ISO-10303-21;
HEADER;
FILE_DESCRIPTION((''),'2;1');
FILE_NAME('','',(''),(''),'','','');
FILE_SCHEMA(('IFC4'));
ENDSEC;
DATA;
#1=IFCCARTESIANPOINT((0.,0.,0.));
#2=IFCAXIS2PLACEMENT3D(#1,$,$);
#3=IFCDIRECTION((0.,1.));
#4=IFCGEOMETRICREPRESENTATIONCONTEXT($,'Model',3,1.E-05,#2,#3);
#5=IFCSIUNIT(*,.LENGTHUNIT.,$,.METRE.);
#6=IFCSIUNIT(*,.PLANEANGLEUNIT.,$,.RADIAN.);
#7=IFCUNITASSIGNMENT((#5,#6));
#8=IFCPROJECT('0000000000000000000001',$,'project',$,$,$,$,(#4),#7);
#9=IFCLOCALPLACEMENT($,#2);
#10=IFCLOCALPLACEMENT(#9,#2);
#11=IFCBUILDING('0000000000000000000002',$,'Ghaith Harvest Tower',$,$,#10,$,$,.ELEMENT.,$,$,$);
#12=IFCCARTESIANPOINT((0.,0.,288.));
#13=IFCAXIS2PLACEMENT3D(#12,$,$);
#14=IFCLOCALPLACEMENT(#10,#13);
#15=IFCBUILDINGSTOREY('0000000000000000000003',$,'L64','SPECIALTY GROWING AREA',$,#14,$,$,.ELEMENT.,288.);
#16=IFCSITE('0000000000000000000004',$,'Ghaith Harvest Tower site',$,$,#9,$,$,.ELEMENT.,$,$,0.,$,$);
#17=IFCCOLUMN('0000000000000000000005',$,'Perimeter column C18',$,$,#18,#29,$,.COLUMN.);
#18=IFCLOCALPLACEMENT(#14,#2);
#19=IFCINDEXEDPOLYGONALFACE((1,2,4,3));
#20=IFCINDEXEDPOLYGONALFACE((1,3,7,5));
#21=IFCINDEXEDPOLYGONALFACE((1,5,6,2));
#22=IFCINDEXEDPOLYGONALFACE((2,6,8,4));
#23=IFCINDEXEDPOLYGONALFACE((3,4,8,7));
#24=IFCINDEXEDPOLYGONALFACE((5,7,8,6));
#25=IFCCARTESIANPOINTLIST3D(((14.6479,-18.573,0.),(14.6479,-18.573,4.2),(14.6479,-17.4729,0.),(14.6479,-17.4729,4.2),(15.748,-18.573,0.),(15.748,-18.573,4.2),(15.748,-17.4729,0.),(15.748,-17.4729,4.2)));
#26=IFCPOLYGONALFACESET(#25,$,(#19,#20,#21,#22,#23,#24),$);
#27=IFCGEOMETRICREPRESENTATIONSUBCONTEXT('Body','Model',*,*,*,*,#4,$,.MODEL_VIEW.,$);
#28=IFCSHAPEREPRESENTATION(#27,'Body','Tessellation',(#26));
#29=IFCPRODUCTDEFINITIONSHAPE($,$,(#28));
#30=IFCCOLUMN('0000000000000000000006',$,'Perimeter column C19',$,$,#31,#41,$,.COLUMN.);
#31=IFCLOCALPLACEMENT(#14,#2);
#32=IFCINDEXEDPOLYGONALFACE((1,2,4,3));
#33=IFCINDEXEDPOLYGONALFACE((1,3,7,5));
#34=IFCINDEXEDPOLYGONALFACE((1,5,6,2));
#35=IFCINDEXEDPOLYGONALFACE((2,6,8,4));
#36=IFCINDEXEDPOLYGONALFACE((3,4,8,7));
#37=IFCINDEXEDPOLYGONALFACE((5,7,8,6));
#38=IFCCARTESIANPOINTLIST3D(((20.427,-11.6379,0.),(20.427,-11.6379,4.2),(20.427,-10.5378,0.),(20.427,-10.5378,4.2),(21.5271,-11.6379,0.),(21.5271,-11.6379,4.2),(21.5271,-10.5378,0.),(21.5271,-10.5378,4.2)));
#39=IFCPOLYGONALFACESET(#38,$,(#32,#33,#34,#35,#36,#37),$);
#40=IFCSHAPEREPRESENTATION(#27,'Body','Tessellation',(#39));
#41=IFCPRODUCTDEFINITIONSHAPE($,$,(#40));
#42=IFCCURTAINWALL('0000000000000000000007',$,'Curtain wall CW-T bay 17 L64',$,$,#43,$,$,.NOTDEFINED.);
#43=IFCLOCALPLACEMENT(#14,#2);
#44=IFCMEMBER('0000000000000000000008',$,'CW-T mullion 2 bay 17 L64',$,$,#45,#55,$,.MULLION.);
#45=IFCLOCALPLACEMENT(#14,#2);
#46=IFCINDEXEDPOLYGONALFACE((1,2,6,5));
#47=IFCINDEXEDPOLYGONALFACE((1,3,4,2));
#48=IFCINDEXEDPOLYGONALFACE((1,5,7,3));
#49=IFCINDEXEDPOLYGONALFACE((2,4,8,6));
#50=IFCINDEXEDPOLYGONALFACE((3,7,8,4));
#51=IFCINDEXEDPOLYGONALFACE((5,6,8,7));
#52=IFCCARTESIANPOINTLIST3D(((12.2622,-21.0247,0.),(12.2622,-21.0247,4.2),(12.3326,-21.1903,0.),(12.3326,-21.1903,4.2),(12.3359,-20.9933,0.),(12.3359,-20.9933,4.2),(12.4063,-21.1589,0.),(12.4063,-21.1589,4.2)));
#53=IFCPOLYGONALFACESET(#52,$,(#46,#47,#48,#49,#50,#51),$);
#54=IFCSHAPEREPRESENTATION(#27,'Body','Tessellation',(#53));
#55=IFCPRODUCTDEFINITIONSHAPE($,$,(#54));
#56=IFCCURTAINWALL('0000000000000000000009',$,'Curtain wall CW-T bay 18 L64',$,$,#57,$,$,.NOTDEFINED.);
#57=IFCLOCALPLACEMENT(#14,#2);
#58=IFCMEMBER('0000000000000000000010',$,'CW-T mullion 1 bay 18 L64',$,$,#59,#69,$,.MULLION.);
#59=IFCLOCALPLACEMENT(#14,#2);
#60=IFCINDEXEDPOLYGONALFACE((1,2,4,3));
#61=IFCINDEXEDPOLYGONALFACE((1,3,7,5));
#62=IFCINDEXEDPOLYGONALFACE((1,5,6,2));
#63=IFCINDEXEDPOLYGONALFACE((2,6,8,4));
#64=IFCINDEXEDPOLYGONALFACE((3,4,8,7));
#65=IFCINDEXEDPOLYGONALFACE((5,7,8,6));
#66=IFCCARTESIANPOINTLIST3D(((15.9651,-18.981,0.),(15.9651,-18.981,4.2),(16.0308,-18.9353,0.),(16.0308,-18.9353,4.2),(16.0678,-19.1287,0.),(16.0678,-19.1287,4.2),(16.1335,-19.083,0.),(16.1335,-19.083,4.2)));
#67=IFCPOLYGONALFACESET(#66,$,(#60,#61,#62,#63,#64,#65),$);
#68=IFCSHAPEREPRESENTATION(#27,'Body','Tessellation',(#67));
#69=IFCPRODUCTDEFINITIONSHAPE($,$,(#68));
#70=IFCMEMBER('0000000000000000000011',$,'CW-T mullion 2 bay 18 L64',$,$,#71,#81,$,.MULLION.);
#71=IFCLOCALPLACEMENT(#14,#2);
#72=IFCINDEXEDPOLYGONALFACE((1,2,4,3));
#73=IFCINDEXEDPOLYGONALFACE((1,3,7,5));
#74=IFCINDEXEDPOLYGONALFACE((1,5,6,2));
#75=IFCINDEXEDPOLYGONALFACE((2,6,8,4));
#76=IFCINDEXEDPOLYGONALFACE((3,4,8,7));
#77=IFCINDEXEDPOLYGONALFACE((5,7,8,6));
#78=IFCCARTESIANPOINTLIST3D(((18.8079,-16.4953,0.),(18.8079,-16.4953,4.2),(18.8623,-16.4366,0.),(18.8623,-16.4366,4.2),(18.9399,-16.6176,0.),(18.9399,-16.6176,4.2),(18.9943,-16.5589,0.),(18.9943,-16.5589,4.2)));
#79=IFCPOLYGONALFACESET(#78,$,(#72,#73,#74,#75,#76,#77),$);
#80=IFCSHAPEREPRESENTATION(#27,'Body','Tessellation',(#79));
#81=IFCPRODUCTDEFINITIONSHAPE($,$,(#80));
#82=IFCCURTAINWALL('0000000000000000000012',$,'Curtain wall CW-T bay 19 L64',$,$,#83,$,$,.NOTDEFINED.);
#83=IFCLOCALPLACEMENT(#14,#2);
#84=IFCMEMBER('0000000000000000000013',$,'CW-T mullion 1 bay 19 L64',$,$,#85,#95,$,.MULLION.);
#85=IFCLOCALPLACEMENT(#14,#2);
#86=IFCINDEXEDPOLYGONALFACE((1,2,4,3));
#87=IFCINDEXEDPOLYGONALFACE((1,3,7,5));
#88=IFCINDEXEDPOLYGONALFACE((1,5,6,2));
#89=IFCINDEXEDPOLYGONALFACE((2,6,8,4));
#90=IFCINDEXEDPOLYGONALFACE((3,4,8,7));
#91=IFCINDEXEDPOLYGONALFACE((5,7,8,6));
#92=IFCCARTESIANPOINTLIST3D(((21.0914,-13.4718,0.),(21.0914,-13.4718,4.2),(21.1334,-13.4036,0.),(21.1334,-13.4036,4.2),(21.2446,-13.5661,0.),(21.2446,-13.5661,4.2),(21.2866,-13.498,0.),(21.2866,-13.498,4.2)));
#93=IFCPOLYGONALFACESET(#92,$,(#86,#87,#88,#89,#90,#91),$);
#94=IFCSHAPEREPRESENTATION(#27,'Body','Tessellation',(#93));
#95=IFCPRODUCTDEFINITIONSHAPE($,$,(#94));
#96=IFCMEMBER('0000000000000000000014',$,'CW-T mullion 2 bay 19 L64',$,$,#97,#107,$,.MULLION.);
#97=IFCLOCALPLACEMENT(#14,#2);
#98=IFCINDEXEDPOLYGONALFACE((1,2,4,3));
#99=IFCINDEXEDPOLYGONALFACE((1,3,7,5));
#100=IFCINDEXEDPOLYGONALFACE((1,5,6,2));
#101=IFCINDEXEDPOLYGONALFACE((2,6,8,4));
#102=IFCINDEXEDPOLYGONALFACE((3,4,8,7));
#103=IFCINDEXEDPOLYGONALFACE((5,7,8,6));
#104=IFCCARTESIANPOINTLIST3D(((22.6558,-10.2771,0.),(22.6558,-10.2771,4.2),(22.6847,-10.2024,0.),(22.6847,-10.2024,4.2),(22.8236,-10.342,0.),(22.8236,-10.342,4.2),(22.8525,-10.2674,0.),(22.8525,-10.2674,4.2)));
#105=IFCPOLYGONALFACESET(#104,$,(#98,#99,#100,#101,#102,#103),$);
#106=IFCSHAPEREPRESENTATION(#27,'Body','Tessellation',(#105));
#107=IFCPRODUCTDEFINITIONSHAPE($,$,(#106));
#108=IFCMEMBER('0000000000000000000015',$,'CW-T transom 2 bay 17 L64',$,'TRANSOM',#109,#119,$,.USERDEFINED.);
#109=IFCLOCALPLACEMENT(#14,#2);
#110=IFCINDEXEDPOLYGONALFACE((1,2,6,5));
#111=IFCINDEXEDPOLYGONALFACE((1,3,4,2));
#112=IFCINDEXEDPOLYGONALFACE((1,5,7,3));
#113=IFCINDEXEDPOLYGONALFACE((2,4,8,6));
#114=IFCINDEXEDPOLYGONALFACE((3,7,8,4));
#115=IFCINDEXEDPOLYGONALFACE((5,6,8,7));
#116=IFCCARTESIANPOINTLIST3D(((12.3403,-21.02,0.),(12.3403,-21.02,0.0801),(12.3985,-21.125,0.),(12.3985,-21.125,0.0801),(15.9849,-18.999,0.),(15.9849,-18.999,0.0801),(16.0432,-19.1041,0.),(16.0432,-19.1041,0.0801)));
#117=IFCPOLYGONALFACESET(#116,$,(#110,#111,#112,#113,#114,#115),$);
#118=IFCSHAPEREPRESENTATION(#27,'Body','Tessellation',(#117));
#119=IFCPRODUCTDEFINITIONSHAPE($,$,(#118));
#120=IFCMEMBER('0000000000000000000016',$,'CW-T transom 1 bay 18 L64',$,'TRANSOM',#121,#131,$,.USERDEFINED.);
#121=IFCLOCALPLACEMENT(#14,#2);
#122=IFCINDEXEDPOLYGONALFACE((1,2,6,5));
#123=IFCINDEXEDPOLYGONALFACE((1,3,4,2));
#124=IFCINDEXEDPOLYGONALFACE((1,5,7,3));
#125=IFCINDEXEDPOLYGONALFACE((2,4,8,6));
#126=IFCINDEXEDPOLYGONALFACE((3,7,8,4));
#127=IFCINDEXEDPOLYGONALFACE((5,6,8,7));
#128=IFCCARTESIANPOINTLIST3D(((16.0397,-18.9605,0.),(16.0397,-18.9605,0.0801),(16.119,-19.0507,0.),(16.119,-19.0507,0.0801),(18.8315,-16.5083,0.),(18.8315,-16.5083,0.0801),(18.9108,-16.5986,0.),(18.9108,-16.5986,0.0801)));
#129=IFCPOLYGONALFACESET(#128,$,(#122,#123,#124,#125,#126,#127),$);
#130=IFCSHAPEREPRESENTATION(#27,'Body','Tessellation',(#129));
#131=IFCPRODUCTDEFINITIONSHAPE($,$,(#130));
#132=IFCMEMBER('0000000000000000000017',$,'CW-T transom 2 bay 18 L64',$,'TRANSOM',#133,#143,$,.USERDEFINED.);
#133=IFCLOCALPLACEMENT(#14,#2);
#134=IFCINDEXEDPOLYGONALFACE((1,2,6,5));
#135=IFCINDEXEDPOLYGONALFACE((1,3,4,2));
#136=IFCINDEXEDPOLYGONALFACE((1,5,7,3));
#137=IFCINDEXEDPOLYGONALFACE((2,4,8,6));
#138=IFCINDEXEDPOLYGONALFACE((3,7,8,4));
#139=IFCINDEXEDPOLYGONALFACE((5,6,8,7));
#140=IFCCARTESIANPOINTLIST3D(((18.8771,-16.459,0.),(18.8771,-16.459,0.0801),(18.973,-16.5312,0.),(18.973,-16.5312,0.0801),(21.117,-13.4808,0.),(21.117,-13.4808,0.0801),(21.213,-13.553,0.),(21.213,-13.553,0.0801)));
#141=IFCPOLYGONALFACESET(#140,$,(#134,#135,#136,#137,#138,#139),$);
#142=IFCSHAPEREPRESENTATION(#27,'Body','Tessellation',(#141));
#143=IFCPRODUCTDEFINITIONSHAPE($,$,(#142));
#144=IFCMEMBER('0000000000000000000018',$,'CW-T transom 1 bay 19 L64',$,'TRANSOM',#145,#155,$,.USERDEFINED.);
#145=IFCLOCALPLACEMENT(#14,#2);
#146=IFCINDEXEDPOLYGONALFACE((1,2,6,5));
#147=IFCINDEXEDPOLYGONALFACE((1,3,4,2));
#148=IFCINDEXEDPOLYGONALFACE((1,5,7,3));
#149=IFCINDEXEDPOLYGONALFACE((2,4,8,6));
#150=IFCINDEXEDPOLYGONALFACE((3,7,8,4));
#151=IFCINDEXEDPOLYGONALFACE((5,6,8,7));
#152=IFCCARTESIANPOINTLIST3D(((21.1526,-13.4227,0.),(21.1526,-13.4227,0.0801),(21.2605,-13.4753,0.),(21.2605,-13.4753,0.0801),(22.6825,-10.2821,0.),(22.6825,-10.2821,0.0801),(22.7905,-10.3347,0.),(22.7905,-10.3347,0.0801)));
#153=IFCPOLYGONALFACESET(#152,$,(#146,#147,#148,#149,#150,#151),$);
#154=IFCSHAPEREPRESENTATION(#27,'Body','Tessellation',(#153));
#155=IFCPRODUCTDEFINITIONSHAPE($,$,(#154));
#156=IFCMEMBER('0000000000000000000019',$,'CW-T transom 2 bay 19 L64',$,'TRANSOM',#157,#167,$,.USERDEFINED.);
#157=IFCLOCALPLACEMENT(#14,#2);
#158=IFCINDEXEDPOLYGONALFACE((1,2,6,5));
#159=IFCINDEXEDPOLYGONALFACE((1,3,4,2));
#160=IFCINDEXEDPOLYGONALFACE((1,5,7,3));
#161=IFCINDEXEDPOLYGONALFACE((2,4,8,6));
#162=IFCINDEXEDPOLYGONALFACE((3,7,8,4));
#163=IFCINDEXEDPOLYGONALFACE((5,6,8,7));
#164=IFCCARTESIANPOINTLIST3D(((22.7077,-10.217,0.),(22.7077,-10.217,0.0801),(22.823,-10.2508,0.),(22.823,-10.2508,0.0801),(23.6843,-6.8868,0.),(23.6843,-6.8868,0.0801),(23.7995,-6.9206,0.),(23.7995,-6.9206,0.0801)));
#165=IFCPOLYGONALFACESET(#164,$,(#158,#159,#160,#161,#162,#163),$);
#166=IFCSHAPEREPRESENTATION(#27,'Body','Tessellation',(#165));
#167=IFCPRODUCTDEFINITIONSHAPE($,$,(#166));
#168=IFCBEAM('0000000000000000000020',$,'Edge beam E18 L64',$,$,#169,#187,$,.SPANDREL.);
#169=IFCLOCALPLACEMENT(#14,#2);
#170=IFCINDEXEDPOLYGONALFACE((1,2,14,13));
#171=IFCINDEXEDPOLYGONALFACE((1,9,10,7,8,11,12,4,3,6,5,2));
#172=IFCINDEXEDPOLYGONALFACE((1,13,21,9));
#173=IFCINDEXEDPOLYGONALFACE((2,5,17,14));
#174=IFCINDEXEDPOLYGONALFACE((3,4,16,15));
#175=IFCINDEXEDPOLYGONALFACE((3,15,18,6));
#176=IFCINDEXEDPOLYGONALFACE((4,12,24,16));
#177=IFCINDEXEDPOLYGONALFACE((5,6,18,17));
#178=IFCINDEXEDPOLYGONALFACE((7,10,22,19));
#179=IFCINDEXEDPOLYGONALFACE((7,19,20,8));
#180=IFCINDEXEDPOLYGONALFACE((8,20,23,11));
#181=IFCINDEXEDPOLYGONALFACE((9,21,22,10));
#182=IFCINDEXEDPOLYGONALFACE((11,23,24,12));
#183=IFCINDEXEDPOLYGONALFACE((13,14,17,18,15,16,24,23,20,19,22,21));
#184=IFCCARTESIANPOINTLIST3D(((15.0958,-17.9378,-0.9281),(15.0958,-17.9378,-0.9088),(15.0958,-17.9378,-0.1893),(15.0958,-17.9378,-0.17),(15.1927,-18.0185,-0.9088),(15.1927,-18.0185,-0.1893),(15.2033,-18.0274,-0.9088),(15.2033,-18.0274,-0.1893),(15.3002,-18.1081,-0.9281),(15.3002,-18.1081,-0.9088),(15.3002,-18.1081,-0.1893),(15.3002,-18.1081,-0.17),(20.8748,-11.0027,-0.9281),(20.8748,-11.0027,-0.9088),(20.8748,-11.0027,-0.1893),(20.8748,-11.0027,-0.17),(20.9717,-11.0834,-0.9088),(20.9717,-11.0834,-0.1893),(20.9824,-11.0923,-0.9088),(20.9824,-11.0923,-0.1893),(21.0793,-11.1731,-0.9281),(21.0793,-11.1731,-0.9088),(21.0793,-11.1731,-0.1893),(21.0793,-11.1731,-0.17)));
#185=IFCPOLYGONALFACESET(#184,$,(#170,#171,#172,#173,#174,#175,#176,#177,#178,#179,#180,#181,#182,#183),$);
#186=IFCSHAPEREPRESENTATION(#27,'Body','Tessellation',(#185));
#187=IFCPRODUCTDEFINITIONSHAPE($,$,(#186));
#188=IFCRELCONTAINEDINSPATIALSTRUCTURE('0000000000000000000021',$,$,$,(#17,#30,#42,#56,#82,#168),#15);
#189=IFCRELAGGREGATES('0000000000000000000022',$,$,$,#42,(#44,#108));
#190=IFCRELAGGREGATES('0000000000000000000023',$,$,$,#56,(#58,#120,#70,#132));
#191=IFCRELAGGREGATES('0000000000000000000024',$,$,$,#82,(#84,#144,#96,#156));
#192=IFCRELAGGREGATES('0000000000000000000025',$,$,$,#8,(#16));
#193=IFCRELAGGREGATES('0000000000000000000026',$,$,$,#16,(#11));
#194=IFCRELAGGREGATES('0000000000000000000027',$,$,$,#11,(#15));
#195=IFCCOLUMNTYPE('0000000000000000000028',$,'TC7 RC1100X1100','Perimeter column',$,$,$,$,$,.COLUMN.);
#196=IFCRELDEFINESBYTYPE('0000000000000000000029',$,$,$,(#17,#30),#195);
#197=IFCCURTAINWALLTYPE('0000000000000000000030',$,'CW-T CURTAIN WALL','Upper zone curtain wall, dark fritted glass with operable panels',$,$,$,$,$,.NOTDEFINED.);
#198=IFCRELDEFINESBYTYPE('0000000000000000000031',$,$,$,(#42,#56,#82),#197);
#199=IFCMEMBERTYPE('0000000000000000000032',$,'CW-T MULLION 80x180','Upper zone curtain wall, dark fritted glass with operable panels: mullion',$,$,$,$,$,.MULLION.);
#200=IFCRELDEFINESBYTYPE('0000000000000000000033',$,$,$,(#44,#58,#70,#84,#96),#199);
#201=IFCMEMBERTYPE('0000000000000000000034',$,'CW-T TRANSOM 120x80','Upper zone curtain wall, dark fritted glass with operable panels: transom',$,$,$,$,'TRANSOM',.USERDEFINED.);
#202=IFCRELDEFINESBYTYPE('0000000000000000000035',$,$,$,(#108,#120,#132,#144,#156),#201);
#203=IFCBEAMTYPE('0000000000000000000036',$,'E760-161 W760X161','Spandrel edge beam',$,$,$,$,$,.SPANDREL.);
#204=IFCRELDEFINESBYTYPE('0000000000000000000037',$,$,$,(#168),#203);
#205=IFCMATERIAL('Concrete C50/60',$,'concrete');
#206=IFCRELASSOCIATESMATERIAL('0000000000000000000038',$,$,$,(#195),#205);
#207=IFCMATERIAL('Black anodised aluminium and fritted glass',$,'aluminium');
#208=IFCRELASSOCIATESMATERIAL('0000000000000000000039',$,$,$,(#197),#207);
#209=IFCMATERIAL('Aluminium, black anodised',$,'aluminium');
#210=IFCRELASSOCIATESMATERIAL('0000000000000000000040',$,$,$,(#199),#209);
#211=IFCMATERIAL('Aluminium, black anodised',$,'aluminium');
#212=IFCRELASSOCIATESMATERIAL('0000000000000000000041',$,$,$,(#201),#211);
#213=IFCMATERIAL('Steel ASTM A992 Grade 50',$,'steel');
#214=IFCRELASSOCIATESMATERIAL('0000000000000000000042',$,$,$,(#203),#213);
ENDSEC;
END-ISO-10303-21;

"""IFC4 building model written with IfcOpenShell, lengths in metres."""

from ifc_helpers import new_model, si_unit, direction, frame, origin, origin_2d, place, context, subcontext, project, spatial, rectangle, i_section, extrude, material, material_profile, profile_set, type_object, element, aggregate, save


model = new_model("IFC4")

# Units and contexts
model_context = context("Model", 3, precision=1e-05, world=origin(), true_north=direction((0.0, 1.0)))
body_context = subcontext(model_context, "Body", "Model", "MODEL_VIEW")
ifc_project = project(units=[si_unit("LENGTHUNIT", "METRE"), si_unit("PLANEANGLEUNIT", "RADIAN")], contexts=[model_context])

# Site, building, storey
site_placement = place(None, origin())
site = spatial("IfcSite", under=ifc_project, at=site_placement, Name="Ghaith Harvest Tower site", CompositionType="ELEMENT", RefElevation=0.0)
building_placement = place(site_placement, origin())
building = spatial("IfcBuilding", under=site, at=building_placement, Name="Ghaith Harvest Tower", CompositionType="ELEMENT")
storey_placement = place(building_placement, frame((0.0, 0.0, 288.0)))
storey = spatial("IfcBuildingStorey", under=building, at=storey_placement, Name="L64", Description="SPECIALTY GROWING AREA", CompositionType="ELEMENT", Elevation=288.0)

# Columns
ifc_material_1 = material(Name="Concrete C50/60", Category="concrete")
ifc_material_profile_1 = material_profile(ifc_material_1, rectangle(XDim=1.1001, YDim=1.1001, at=origin_2d()), Name="RC1100X1100")
ifc_profile_set_1 = profile_set([ifc_material_profile_1], Name="Concrete C50/60")
column_type = type_object("IfcColumnType", Name="TC7 RC1100X1100", Description="Perimeter column", PredefinedType="COLUMN", material=ifc_profile_set_1)
for number, where, z_axis, x_axis, name in (
    (1, (15.198, -18.0229, 0.0), (0.0, 0.0, 1.0), (1.0, 0.0, 0.0), "Perimeter column C18"),
    (2, (20.9771, -11.0879, 0.0), (0.0, 0.0, 1.0), (1.0, 0.0, 0.0), "Perimeter column C19"),
):
    element("IfcColumn", number, at=place(storey_placement, frame(where, z_axis=z_axis, x_axis=x_axis)), inside=storey, type_object=column_type, Name=name, PredefinedType="COLUMN", context=body_context, shape_type="SweptSolid", body=[
        extrude(rectangle(XDim=1.1001, YDim=1.1001, at=origin_2d()), origin(), (0.0, 0.0, 1.0), 4.2),
    ])

# Curtain wall, member
ifc_material_2 = material(Name="Black anodised aluminium and fritted glass", Category="aluminium")
curtain_wall_type = type_object("IfcCurtainWallType", Name="CW-T CURTAIN WALL", Description="Upper zone curtain wall, dark fritted glass with operable panels", PredefinedType="NOTDEFINED", material=ifc_material_2)
curtain_wall_1_placement = place(storey_placement, origin())
curtain_wall_1 = element("IfcCurtainWall", 3, at=curtain_wall_1_placement, inside=storey, type_object=curtain_wall_type, Name="Curtain wall CW-T bay 17 L64", PredefinedType="NOTDEFINED")
ifc_material_3 = material(Name="Aluminium, black anodised", Category="aluminium")
ifc_material_profile_2 = material_profile(ifc_material_3, rectangle(XDim=0.0801, YDim=0.1799, at=origin_2d()), Name="CW-T MULLION 80x180")
ifc_profile_set_2 = profile_set([ifc_material_profile_2], Name="Aluminium, black anodised")
member_type_1 = type_object("IfcMemberType", Name="CW-T MULLION 80x180", Description="Upper zone curtain wall, dark fritted glass with operable panels: mullion", PredefinedType="MULLION", material=ifc_profile_set_2)
member_1_placement = place(storey_placement, frame((12.3342, -21.0918, 0.0), z_axis=(0.0, 0.0, 1.0), x_axis=(0.920319, 0.391168, 0.0)))
member_1 = element("IfcMember", 4, at=member_1_placement, type_object=member_type_1, Name="CW-T mullion 2 bay 17 L64", PredefinedType="MULLION", context=body_context, shape_type="SweptSolid", body=[
    extrude(rectangle(XDim=0.0801, YDim=0.1799, at=origin_2d()), origin(), (0.0, 0.0, 1.0), 4.2),
])

# Curtain walls, members
curtain_wall_2_placement = place(storey_placement, origin())
curtain_wall_2 = element("IfcCurtainWall", 5, at=curtain_wall_2_placement, inside=storey, type_object=curtain_wall_type, Name="Curtain wall CW-T bay 18 L64", PredefinedType="NOTDEFINED")
member_2_placement = place(storey_placement, frame((16.0493, -19.032, 0.0), z_axis=(0.0, 0.0, 1.0), x_axis=(0.821112, 0.570767, 0.0)))
member_2 = element("IfcMember", 6, at=member_2_placement, type_object=member_type_1, Name="CW-T mullion 1 bay 18 L64", PredefinedType="MULLION", context=body_context, shape_type="SweptSolid", body=[
    extrude(rectangle(XDim=0.0801, YDim=0.1799, at=origin_2d()), origin(), (0.0, 0.0, 1.0), 4.2),
])
member_3_placement = place(storey_placement, frame((18.9011, -16.5271, 0.0), z_axis=(0.0, 0.0, 1.0), x_axis=(0.679661, 0.733526, 0.0)))
member_3 = element("IfcMember", 7, at=member_3_placement, type_object=member_type_1, Name="CW-T mullion 2 bay 18 L64", PredefinedType="MULLION", context=body_context, shape_type="SweptSolid", body=[
    extrude(rectangle(XDim=0.0801, YDim=0.1799, at=origin_2d()), origin(), (0.0, 0.0, 1.0), 4.2),
])
curtain_wall_3_placement = place(storey_placement, origin())
curtain_wall_3 = element("IfcCurtainWall", 8, at=curtain_wall_3_placement, inside=storey, type_object=curtain_wall_type, Name="Curtain wall CW-T bay 19 L64", PredefinedType="NOTDEFINED")
member_4_placement = place(storey_placement, frame((21.189, -13.4849, 0.0), z_axis=(0.0, 0.0, 1.0), x_axis=(0.524482, 0.851421, 0.0)))
member_4 = element("IfcMember", 9, at=member_4_placement, type_object=member_type_1, Name="CW-T mullion 1 bay 19 L64", PredefinedType="MULLION", context=body_context, shape_type="SweptSolid", body=[
    extrude(rectangle(XDim=0.0801, YDim=0.1799, at=origin_2d()), origin(), (0.0, 0.0, 1.0), 4.2),
])
member_5_placement = place(storey_placement, frame((22.7542, -10.2722, 0.0), z_axis=(0.0, 0.0, 1.0), x_axis=(0.361184, 0.932494, 0.0)))
member_5 = element("IfcMember", 10, at=member_5_placement, type_object=member_type_1, Name="CW-T mullion 2 bay 19 L64", PredefinedType="MULLION", context=body_context, shape_type="SweptSolid", body=[
    extrude(rectangle(XDim=0.0801, YDim=0.1799, at=origin_2d()), origin(), (0.0, 0.0, 1.0), 4.2),
])

# Members
ifc_material_4 = material(Name="Aluminium, black anodised", Category="aluminium")
ifc_material_profile_3 = material_profile(ifc_material_4, rectangle(XDim=0.1201, YDim=0.0801, at=origin_2d()), Name="CW-T TRANSOM 120x80")
ifc_profile_set_3 = profile_set([ifc_material_profile_3], Name="Aluminium, black anodised")
member_type_2 = type_object("IfcMemberType", Name="CW-T TRANSOM 120x80", Description="Upper zone curtain wall, dark fritted glass with operable panels: transom", ElementType="TRANSOM", PredefinedType="USERDEFINED", material=ifc_profile_set_3)
member_6_placement = place(storey_placement, frame((12.3694, -21.0725, 0.04), z_axis=(0.874552, 0.484932, 0.0), x_axis=(-0.484932, 0.874552, 0.0)))
member_6 = element("IfcMember", 11, at=member_6_placement, type_object=member_type_2, Name="CW-T transom 2 bay 17 L64", ObjectType="TRANSOM", PredefinedType="USERDEFINED", context=body_context, shape_type="SweptSolid", body=[
    extrude(rectangle(XDim=0.1201, YDim=0.0801, at=origin_2d()), origin(), (0.0, 0.0, 1.0), 4.1675),
])
member_7_placement = place(storey_placement, frame((16.0793, -19.0056, 0.04), z_axis=(0.751326, 0.659931, 0.0), x_axis=(-0.659931, 0.751326, 0.0)))
member_7 = element("IfcMember", 12, at=member_7_placement, type_object=member_type_2, Name="CW-T transom 1 bay 18 L64", ObjectType="TRANSOM", PredefinedType="USERDEFINED", context=body_context, shape_type="SweptSolid", body=[
    extrude(rectangle(XDim=0.1201, YDim=0.0801, at=origin_2d()), origin(), (0.0, 0.0, 1.0), 3.7158),
])
member_8_placement = place(storey_placement, frame((18.925, -16.4951, 0.04), z_axis=(0.601079, 0.79919, 0.0), x_axis=(-0.79919, 0.601079, 0.0)))
member_8 = element("IfcMember", 13, at=member_8_placement, type_object=member_type_2, Name="CW-T transom 2 bay 18 L64", ObjectType="TRANSOM", PredefinedType="USERDEFINED", context=body_context, shape_type="SweptSolid", body=[
    extrude(rectangle(XDim=0.1201, YDim=0.0801, at=origin_2d()), origin(), (0.0, 0.0, 1.0), 3.7266),
])
member_9_placement = place(storey_placement, frame((21.2065, -13.449, 0.04), z_axis=(0.437965, 0.898992, 0.0), x_axis=(-0.898992, 0.437965, 0.0)))
member_9 = element("IfcMember", 14, at=member_9_placement, type_object=member_type_2, Name="CW-T transom 1 bay 19 L64", ObjectType="TRANSOM", PredefinedType="USERDEFINED", context=body_context, shape_type="SweptSolid", body=[
    extrude(rectangle(XDim=0.1201, YDim=0.0801, at=origin_2d()), origin(), (0.0, 0.0, 1.0), 3.4934),
])
member_10_placement = place(storey_placement, frame((22.7654, -10.2339, 0.04), z_axis=(0.281385, 0.959595, 0.0), x_axis=(-0.959595, 0.281385, 0.0)))
member_10 = element("IfcMember", 15, at=member_10_placement, type_object=member_type_2, Name="CW-T transom 2 bay 19 L64", ObjectType="TRANSOM", PredefinedType="USERDEFINED", context=body_context, shape_type="SweptSolid", body=[
    extrude(rectangle(XDim=0.1201, YDim=0.0801, at=origin_2d()), origin(), (0.0, 0.0, 1.0), 3.4705),
])

# Beam
ifc_material_5 = material(Name="Steel ASTM A992 Grade 50", Category="steel")
ifc_material_profile_4 = material_profile(ifc_material_5, i_section(OverallWidth=0.2661, OverallDepth=0.7581, WebThickness=0.0139, FlangeThickness=0.0193, at=origin_2d()), Name="W760X161")
ifc_profile_set_4 = profile_set([ifc_material_profile_4], Name="Steel ASTM A992 Grade 50")
beam_type_1 = type_object("IfcBeamType", Name="E760-161 W760X161", Description="Spandrel edge beam", PredefinedType="SPANDREL", material=ifc_profile_set_4)
beam_1_placement = place(storey_placement, frame((15.198, -18.0229, -0.5491), z_axis=(0.640174, 0.76823, 0.0), x_axis=(-0.76823, 0.640174, 0.0)))
element("IfcBeam", 16, at=beam_1_placement, inside=storey, type_object=beam_type_1, Name="Edge beam E18 L64", PredefinedType="SPANDREL", context=body_context, shape_type="SweptSolid", body=[
    extrude(i_section(OverallWidth=0.2661, OverallDepth=0.7581, WebThickness=0.0139, FlangeThickness=0.0193, at=origin_2d()), origin(), (0.0, 0.0, 1.0), 9.0273),
])

aggregate(curtain_wall_1, [member_1, member_6])
aggregate(curtain_wall_2, [member_2, member_7, member_3, member_8])
aggregate(curtain_wall_3, [member_4, member_9, member_5, member_10])

save(model, "model.ifc")
